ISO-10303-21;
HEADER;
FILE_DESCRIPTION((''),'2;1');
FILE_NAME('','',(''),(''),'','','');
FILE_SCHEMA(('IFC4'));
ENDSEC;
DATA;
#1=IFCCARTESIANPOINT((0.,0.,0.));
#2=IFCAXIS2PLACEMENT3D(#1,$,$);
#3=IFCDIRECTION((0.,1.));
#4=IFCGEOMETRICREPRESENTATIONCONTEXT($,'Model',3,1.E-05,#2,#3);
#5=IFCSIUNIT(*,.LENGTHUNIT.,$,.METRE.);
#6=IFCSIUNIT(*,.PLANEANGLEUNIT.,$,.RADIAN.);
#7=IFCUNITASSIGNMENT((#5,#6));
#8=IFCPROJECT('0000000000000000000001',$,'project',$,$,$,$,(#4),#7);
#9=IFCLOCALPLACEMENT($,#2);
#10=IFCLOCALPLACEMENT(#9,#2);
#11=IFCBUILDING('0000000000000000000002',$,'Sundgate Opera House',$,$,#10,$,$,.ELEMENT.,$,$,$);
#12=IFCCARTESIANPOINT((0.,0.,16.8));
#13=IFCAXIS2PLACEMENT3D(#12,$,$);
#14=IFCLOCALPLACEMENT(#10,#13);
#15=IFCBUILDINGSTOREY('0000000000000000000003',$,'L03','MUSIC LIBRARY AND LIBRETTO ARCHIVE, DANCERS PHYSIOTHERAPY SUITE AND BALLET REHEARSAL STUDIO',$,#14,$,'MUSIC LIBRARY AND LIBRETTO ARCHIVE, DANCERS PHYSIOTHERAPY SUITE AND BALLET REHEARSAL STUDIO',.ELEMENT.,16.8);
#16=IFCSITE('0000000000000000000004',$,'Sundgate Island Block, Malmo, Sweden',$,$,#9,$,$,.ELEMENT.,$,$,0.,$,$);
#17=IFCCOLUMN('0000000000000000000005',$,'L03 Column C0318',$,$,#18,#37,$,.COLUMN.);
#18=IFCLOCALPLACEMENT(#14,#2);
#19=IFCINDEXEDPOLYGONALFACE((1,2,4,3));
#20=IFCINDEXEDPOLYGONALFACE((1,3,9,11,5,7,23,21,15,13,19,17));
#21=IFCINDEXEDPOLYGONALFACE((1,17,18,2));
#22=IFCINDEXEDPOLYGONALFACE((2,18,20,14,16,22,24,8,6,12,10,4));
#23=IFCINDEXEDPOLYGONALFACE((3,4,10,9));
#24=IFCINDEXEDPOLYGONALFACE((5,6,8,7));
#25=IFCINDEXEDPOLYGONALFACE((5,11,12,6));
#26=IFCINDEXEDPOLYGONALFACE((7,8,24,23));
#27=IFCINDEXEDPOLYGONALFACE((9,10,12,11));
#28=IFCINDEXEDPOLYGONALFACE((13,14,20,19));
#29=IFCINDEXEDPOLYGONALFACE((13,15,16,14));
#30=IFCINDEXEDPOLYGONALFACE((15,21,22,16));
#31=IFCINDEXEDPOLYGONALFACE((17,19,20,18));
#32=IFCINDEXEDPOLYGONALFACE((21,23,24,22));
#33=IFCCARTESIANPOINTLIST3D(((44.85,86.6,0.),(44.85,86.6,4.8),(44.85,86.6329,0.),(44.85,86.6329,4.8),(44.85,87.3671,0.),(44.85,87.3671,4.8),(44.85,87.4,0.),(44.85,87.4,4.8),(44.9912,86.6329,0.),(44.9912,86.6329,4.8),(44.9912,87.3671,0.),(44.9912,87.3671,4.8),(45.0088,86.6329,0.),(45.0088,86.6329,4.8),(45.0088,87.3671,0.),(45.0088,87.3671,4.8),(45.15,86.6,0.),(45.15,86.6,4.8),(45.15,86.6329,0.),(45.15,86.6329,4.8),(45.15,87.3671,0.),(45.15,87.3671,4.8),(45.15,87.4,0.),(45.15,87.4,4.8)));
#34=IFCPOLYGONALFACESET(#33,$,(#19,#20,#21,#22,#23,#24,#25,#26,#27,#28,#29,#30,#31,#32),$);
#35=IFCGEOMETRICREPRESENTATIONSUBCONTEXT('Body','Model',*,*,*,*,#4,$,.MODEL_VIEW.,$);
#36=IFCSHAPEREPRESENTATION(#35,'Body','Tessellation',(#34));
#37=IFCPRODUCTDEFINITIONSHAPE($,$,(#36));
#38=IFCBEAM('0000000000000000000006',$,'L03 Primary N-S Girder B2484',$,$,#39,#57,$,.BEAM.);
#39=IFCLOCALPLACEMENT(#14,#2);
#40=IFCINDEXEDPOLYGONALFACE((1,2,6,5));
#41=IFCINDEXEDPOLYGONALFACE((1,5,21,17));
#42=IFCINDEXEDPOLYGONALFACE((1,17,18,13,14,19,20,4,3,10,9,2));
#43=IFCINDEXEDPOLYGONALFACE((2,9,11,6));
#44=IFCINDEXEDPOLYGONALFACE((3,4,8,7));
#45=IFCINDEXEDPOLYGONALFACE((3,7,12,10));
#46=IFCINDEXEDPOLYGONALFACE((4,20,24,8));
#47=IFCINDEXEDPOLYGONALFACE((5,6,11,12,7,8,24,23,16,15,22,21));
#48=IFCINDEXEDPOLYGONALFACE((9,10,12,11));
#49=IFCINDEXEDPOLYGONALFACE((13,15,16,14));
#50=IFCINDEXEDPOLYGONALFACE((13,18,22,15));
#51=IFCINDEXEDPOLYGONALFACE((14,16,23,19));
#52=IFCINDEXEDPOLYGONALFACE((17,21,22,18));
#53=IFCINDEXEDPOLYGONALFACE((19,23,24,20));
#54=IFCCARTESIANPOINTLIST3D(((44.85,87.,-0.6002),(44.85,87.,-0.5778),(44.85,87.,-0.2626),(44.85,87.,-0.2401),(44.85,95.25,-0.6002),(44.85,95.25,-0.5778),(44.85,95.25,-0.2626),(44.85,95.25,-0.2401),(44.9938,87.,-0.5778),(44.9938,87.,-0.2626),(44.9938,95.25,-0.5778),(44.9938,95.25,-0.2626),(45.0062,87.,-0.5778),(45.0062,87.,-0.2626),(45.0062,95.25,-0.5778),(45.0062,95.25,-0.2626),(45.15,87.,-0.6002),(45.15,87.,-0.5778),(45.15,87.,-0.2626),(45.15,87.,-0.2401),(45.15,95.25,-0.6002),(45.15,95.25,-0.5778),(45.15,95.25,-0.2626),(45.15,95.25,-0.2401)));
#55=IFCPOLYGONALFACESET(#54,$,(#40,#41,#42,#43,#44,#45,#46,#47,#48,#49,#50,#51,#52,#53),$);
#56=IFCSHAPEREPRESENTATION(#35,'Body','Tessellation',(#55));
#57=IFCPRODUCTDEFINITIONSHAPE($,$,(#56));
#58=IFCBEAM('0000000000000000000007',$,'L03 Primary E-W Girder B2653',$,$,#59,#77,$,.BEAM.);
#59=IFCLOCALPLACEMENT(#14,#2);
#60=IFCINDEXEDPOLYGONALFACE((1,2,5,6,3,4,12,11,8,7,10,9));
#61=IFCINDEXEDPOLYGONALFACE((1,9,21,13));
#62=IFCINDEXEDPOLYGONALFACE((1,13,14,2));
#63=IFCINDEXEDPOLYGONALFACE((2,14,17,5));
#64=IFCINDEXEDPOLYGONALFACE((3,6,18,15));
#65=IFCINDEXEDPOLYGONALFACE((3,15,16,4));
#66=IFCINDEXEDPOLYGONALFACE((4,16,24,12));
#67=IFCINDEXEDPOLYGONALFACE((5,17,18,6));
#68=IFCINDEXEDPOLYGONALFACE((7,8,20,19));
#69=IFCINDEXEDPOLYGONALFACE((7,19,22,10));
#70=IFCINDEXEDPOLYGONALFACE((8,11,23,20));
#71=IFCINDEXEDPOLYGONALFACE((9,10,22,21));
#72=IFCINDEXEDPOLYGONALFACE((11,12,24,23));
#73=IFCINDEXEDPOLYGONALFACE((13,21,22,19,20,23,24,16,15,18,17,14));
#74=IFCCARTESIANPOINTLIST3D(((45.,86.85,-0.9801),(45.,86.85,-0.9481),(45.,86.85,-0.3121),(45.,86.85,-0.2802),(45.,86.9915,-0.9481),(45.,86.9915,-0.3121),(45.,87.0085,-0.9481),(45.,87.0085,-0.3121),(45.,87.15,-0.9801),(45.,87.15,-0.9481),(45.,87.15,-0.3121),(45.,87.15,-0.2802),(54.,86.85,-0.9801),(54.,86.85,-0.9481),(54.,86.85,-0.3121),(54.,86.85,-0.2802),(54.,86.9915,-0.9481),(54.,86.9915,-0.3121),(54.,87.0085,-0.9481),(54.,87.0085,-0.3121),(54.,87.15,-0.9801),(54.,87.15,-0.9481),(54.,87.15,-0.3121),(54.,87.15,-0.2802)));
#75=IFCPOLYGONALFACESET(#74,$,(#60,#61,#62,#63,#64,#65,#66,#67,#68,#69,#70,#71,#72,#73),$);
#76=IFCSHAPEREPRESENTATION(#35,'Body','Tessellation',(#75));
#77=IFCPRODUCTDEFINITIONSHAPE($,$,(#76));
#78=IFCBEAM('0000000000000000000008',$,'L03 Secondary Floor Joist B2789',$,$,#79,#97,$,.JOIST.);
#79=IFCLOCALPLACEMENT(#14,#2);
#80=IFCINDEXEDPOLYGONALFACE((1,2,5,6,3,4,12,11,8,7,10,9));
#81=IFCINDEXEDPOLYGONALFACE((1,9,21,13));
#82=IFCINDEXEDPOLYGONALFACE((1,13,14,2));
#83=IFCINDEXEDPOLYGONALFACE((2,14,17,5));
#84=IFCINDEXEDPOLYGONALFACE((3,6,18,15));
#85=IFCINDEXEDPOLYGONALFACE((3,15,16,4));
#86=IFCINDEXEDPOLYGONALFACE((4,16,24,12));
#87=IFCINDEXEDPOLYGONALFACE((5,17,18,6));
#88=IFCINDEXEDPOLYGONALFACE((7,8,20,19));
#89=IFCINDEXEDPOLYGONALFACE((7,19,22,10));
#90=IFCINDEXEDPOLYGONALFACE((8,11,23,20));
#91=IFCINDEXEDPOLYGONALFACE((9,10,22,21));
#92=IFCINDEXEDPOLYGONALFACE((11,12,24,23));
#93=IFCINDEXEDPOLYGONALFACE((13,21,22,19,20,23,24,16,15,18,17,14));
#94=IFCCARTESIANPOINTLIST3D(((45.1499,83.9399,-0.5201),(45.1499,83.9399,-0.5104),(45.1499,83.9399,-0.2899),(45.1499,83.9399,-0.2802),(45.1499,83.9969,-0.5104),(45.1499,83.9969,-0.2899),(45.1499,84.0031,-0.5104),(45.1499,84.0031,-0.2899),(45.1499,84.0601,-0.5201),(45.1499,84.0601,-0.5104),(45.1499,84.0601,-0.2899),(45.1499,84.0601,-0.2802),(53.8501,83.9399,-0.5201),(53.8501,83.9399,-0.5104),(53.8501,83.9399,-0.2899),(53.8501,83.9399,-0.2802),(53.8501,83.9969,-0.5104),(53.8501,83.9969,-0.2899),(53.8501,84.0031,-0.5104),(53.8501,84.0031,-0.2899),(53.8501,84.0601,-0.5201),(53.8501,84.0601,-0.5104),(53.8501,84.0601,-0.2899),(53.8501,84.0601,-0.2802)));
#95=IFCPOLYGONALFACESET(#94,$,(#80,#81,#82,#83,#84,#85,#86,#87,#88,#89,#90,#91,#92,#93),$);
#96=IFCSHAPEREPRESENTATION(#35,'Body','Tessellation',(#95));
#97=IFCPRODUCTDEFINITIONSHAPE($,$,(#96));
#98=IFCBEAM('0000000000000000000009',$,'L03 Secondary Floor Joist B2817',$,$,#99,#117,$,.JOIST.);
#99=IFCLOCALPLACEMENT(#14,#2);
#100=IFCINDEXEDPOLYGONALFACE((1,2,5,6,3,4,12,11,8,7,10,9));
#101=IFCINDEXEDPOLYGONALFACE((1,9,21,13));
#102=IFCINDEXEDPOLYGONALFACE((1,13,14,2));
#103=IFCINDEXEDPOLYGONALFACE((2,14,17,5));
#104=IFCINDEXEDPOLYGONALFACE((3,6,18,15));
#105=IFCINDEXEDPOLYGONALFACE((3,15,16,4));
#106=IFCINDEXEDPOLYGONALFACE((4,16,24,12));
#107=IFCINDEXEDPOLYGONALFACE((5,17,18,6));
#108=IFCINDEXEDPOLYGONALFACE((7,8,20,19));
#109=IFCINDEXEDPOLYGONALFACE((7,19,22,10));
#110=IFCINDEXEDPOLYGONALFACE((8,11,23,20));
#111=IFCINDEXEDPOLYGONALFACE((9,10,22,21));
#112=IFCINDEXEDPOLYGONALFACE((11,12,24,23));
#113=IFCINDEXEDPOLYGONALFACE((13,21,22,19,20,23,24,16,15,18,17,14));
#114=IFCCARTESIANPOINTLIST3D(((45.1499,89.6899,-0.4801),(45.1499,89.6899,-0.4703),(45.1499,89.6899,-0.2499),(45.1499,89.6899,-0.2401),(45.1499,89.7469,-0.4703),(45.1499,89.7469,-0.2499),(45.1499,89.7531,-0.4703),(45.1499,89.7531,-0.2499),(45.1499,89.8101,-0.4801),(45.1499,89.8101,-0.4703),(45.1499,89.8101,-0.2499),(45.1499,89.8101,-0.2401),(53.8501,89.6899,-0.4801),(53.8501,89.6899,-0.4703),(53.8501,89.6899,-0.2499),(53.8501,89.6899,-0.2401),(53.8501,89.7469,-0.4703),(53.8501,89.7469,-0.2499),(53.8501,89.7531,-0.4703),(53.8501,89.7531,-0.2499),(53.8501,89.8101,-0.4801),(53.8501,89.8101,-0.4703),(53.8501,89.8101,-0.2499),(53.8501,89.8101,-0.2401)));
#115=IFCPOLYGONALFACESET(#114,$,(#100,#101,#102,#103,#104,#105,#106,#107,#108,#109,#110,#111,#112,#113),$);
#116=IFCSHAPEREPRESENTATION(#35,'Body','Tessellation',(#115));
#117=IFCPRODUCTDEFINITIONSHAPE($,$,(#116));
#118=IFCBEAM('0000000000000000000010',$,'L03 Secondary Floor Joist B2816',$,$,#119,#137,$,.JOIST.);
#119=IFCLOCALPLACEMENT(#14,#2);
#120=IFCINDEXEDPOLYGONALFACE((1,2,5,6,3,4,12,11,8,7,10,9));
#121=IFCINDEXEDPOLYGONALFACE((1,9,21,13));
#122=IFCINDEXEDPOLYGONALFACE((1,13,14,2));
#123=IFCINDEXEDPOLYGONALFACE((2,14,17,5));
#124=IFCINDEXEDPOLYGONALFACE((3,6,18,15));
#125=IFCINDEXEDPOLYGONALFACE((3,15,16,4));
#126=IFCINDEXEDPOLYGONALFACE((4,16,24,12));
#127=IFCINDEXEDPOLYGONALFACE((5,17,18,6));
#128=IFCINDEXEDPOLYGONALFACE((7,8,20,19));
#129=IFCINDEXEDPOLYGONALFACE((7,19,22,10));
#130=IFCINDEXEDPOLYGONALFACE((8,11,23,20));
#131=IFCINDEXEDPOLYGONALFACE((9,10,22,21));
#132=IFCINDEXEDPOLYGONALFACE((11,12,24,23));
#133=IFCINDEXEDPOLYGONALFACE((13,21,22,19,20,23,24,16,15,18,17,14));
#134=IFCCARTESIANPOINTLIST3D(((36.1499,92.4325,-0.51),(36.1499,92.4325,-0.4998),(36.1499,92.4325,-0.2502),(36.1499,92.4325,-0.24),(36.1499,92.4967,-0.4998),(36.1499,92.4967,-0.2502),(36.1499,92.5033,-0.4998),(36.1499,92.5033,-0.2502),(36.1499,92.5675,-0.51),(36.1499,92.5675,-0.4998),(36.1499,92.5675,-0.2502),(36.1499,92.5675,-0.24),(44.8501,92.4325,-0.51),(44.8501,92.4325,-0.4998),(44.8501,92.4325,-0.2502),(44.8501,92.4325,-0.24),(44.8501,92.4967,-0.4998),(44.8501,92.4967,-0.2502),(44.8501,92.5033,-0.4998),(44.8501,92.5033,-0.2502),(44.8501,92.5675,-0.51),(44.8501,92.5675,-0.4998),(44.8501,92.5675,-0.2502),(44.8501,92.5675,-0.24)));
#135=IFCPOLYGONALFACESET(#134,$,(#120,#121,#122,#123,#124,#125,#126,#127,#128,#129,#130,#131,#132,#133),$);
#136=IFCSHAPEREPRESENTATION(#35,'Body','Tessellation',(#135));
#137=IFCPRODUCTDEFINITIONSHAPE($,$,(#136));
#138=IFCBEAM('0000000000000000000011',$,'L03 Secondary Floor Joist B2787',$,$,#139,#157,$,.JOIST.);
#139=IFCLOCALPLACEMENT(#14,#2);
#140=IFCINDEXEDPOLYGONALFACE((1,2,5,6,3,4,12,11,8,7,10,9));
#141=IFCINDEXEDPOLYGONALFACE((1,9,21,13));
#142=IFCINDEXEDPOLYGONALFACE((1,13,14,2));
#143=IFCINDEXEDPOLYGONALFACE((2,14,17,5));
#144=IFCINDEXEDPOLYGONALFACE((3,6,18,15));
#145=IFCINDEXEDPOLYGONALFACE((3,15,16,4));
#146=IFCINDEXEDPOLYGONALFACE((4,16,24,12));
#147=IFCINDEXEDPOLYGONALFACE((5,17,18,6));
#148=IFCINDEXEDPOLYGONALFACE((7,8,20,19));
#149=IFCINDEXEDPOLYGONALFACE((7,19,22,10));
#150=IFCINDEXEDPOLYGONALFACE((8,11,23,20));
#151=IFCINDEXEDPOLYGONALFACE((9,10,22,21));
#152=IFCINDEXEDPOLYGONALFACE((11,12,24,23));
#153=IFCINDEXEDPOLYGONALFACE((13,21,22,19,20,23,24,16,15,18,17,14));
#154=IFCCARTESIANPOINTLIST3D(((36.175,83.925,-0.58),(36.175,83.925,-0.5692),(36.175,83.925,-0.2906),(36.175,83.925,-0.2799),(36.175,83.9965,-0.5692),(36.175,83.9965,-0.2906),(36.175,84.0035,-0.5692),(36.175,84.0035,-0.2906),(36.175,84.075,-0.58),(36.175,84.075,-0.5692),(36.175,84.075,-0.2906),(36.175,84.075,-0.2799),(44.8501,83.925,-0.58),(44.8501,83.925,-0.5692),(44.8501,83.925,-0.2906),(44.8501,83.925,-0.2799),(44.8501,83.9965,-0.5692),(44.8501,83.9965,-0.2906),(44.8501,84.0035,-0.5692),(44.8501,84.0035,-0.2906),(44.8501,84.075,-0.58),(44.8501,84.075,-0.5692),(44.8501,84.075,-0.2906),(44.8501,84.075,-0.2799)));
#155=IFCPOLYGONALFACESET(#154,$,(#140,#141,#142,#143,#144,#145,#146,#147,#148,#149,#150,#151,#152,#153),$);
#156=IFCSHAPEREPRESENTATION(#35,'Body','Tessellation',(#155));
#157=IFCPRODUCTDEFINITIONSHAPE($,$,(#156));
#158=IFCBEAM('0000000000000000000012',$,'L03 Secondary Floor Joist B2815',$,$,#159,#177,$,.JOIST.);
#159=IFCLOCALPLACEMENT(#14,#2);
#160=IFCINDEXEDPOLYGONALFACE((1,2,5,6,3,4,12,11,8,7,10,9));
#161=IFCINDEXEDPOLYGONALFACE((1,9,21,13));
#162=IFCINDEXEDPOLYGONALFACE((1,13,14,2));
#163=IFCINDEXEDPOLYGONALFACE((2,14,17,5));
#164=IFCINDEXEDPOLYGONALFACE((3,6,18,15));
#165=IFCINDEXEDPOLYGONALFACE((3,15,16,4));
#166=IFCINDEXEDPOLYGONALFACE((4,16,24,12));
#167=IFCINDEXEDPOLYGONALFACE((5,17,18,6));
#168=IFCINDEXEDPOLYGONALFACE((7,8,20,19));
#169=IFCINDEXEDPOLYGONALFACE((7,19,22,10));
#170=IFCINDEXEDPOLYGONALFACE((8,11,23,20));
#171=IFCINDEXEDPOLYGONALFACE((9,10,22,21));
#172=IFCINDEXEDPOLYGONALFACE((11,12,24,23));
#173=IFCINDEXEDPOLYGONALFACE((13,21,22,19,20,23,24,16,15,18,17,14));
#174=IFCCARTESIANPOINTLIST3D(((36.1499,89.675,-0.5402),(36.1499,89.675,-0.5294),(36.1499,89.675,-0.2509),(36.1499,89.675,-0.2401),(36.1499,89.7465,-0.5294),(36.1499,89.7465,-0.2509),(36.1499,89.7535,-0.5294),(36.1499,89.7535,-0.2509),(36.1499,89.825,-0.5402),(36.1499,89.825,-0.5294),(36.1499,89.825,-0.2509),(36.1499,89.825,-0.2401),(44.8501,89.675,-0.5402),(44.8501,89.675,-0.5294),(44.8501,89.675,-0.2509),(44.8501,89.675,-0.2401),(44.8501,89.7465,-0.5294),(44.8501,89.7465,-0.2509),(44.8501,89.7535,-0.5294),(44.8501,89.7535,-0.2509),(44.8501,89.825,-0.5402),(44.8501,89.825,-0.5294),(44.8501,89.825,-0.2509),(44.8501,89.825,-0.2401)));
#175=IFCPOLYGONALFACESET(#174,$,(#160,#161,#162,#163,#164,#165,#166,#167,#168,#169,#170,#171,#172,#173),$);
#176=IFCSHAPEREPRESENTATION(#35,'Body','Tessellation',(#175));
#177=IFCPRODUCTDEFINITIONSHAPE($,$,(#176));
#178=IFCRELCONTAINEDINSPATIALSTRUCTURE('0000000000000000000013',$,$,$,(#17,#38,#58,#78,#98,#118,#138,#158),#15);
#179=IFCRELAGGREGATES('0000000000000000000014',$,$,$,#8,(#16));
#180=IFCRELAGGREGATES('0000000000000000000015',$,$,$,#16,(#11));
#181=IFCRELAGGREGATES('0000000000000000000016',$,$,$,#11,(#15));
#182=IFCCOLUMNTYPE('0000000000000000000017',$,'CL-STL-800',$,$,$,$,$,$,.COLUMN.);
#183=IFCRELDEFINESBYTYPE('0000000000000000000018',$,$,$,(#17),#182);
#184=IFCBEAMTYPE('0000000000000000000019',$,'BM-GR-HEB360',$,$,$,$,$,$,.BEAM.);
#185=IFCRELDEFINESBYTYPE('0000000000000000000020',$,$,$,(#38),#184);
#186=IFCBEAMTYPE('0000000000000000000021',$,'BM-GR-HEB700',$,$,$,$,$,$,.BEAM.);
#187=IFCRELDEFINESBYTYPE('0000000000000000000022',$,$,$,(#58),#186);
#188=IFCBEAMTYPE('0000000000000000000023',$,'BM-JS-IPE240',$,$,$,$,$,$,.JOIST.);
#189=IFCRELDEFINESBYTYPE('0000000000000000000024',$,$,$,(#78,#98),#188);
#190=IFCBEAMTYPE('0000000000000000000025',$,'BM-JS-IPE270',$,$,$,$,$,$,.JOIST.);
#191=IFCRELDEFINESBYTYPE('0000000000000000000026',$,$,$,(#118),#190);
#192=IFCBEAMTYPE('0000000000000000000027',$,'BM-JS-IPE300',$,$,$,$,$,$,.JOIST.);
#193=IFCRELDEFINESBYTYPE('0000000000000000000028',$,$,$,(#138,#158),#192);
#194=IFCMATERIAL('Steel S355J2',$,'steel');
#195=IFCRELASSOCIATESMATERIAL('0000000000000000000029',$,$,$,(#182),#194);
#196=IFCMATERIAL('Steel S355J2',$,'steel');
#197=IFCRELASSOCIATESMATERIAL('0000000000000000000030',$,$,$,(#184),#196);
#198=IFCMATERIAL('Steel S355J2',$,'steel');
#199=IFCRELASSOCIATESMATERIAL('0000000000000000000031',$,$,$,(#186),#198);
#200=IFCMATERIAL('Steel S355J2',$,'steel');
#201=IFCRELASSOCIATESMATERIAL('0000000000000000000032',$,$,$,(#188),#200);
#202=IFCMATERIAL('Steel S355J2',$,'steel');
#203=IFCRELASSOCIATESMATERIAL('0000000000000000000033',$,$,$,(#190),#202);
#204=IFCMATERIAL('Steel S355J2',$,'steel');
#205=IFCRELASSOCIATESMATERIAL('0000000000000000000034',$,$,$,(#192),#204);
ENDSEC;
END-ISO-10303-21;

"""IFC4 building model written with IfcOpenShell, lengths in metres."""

from ifc_helpers import new_model, si_unit, direction, frame, origin, origin_2d, place, context, subcontext, project, spatial, i_section, extrude, material, material_profile, profile_set, type_object, element, save


model = new_model("IFC4")

# Units and contexts
model_context = context("Model", 3, precision=1e-05, world=origin(), true_north=direction((0.0, 1.0)))
body_context = subcontext(model_context, "Body", "Model", "MODEL_VIEW")
ifc_project = project(units=[si_unit("LENGTHUNIT", "METRE"), si_unit("PLANEANGLEUNIT", "RADIAN")], contexts=[model_context])

# Site, building, storey
site_placement = place(None, origin())
site = spatial("IfcSite", under=ifc_project, at=site_placement, Name="Sundgate Island Block, Malmo, Sweden", CompositionType="ELEMENT", RefElevation=0.0)
building_placement = place(site_placement, origin())
building = spatial("IfcBuilding", under=site, at=building_placement, Name="Sundgate Opera House", CompositionType="ELEMENT")
storey_placement = place(building_placement, frame((0.0, 0.0, 16.8)))
storey = spatial("IfcBuildingStorey", under=building, at=storey_placement, Name="L03", Description="MUSIC LIBRARY AND LIBRETTO ARCHIVE, DANCERS PHYSIOTHERAPY SUITE AND BALLET REHEARSAL STUDIO", LongName="MUSIC LIBRARY AND LIBRETTO ARCHIVE, DANCERS PHYSIOTHERAPY SUITE AND BALLET REHEARSAL STUDIO", CompositionType="ELEMENT", Elevation=16.8)

# Column
ifc_material_1 = material(Name="Steel S355J2", Category="steel")
ifc_material_profile_1 = material_profile(ifc_material_1, i_section(OverallWidth=0.3, OverallDepth=0.8, WebThickness=0.0176, FlangeThickness=0.033, at=origin_2d()), Name="HEB 800")
ifc_profile_set_1 = profile_set([ifc_material_profile_1], Name="Steel S355J2")
column_type = type_object("IfcColumnType", Name="CL-STL-800", PredefinedType="COLUMN", material=ifc_profile_set_1)
column_placement = place(storey_placement, frame((45.0, 87.0, 0.0), z_axis=(0.0, 0.0, 1.0), x_axis=(1.0, 0.0, 0.0)))
element("IfcColumn", 1, at=column_placement, inside=storey, type_object=column_type, Name="L03 Column C0318", PredefinedType="COLUMN", context=body_context, shape_type="SweptSolid", body=[
    extrude(i_section(OverallWidth=0.3, OverallDepth=0.8, WebThickness=0.0176, FlangeThickness=0.033, at=origin_2d()), origin(), (0.0, 0.0, 1.0), 4.8),
])

# Beams
ifc_material_2 = material(Name="Steel S355J2", Category="steel")
ifc_material_profile_2 = material_profile(ifc_material_2, i_section(OverallWidth=0.3, OverallDepth=0.3601, WebThickness=0.0125, FlangeThickness=0.0225, at=origin_2d()), Name="HEB 360")
ifc_profile_set_2 = profile_set([ifc_material_profile_2], Name="Steel S355J2")
beam_type_1 = type_object("IfcBeamType", Name="BM-GR-HEB360", PredefinedType="BEAM", material=ifc_profile_set_2)
beam_1_placement = place(storey_placement, frame((45.0, 87.0, -0.4202), z_axis=(0.0, 1.0, 0.0), x_axis=(-1.0, 0.0, 0.0)))
element("IfcBeam", 2, at=beam_1_placement, inside=storey, type_object=beam_type_1, Name="L03 Primary N-S Girder B2484", PredefinedType="BEAM", context=body_context, shape_type="SweptSolid", body=[
    extrude(i_section(OverallWidth=0.3, OverallDepth=0.3601, WebThickness=0.0125, FlangeThickness=0.0225, at=origin_2d()), origin(), (0.0, 0.0, 1.0), 8.25),
])
ifc_material_3 = material(Name="Steel S355J2", Category="steel")
ifc_material_profile_3 = material_profile(ifc_material_3, i_section(OverallWidth=0.3, OverallDepth=0.7, WebThickness=0.0171, FlangeThickness=0.032, at=origin_2d()), Name="HEB 700")
ifc_profile_set_3 = profile_set([ifc_material_profile_3], Name="Steel S355J2")
beam_type_2 = type_object("IfcBeamType", Name="BM-GR-HEB700", PredefinedType="BEAM", material=ifc_profile_set_3)
beam_2_placement = place(storey_placement, frame((45.0, 87.0, -0.6301), z_axis=(1.0, 0.0, 0.0), x_axis=(0.0, 1.0, 0.0)))
element("IfcBeam", 3, at=beam_2_placement, inside=storey, type_object=beam_type_2, Name="L03 Primary E-W Girder B2653", PredefinedType="BEAM", context=body_context, shape_type="SweptSolid", body=[
    extrude(i_section(OverallWidth=0.3, OverallDepth=0.7, WebThickness=0.0171, FlangeThickness=0.032, at=origin_2d()), origin(), (0.0, 0.0, 1.0), 9.0),
])
ifc_material_4 = material(Name="Steel S355J2", Category="steel")
ifc_material_profile_4 = material_profile(ifc_material_4, i_section(OverallWidth=0.1201, OverallDepth=0.24, WebThickness=0.0061, FlangeThickness=0.0098, at=origin_2d()), Name="IPE 240")
ifc_profile_set_4 = profile_set([ifc_material_profile_4], Name="Steel S355J2")
beam_type_3 = type_object("IfcBeamType", Name="BM-JS-IPE240", PredefinedType="JOIST", material=ifc_profile_set_4)
for number, where, z_axis, x_axis, name in (
    (4, (45.1499, 84.0, -0.4001), (1.0, 0.0, 0.0), (0.0, 1.0, 0.0), "L03 Secondary Floor Joist B2789"),
    (5, (45.1499, 89.75, -0.3601), (1.0, 0.0, 0.0), (0.0, 1.0, 0.0), "L03 Secondary Floor Joist B2817"),
):
    element("IfcBeam", number, at=place(storey_placement, frame(where, z_axis=z_axis, x_axis=x_axis)), inside=storey, type_object=beam_type_3, Name=name, PredefinedType="JOIST", context=body_context, shape_type="SweptSolid", body=[
        extrude(i_section(OverallWidth=0.1201, OverallDepth=0.24, WebThickness=0.0061, FlangeThickness=0.0098, at=origin_2d()), origin(), (0.0, 0.0, 1.0), 8.7002),
    ])
ifc_material_5 = material(Name="Steel S355J2", Category="steel")
ifc_material_profile_5 = material_profile(ifc_material_5, i_section(OverallWidth=0.135, OverallDepth=0.27, WebThickness=0.0066, FlangeThickness=0.0103, at=origin_2d()), Name="IPE 270")
ifc_profile_set_5 = profile_set([ifc_material_profile_5], Name="Steel S355J2")
beam_type_4 = type_object("IfcBeamType", Name="BM-JS-IPE270", PredefinedType="JOIST", material=ifc_profile_set_5)
beam_3_placement = place(storey_placement, frame((36.1499, 92.5, -0.375), z_axis=(1.0, 0.0, 0.0), x_axis=(0.0, 1.0, 0.0)))
element("IfcBeam", 6, at=beam_3_placement, inside=storey, type_object=beam_type_4, Name="L03 Secondary Floor Joist B2816", PredefinedType="JOIST", context=body_context, shape_type="SweptSolid", body=[
    extrude(i_section(OverallWidth=0.135, OverallDepth=0.27, WebThickness=0.0066, FlangeThickness=0.0103, at=origin_2d()), origin(), (0.0, 0.0, 1.0), 8.7002),
])
ifc_material_6 = material(Name="Steel S355J2", Category="steel")
ifc_material_profile_6 = material_profile(ifc_material_6, i_section(OverallWidth=0.1499, OverallDepth=0.3, WebThickness=0.0071, FlangeThickness=0.0107, at=origin_2d()), Name="IPE 300")
ifc_profile_set_6 = profile_set([ifc_material_profile_6], Name="Steel S355J2")
beam_type_5 = type_object("IfcBeamType", Name="BM-JS-IPE300", PredefinedType="JOIST", material=ifc_profile_set_6)
beam_4_placement = place(storey_placement, frame((36.175, 84.0, -0.4299), z_axis=(1.0, 0.0, 0.0), x_axis=(0.0, 1.0, 0.0)))
element("IfcBeam", 7, at=beam_4_placement, inside=storey, type_object=beam_type_5, Name="L03 Secondary Floor Joist B2787", PredefinedType="JOIST", context=body_context, shape_type="SweptSolid", body=[
    extrude(i_section(OverallWidth=0.1499, OverallDepth=0.3, WebThickness=0.0071, FlangeThickness=0.0107, at=origin_2d()), origin(), (0.0, 0.0, 1.0), 8.675),
])
beam_5_placement = place(storey_placement, frame((36.1499, 89.75, -0.3901), z_axis=(1.0, 0.0, 0.0), x_axis=(0.0, 1.0, 0.0)))
element("IfcBeam", 8, at=beam_5_placement, inside=storey, type_object=beam_type_5, Name="L03 Secondary Floor Joist B2815", PredefinedType="JOIST", context=body_context, shape_type="SweptSolid", body=[
    extrude(i_section(OverallWidth=0.1499, OverallDepth=0.3, WebThickness=0.0071, FlangeThickness=0.0107, at=origin_2d()), origin(), (0.0, 0.0, 1.0), 8.7002),
])

save(model, "model.ifc")
